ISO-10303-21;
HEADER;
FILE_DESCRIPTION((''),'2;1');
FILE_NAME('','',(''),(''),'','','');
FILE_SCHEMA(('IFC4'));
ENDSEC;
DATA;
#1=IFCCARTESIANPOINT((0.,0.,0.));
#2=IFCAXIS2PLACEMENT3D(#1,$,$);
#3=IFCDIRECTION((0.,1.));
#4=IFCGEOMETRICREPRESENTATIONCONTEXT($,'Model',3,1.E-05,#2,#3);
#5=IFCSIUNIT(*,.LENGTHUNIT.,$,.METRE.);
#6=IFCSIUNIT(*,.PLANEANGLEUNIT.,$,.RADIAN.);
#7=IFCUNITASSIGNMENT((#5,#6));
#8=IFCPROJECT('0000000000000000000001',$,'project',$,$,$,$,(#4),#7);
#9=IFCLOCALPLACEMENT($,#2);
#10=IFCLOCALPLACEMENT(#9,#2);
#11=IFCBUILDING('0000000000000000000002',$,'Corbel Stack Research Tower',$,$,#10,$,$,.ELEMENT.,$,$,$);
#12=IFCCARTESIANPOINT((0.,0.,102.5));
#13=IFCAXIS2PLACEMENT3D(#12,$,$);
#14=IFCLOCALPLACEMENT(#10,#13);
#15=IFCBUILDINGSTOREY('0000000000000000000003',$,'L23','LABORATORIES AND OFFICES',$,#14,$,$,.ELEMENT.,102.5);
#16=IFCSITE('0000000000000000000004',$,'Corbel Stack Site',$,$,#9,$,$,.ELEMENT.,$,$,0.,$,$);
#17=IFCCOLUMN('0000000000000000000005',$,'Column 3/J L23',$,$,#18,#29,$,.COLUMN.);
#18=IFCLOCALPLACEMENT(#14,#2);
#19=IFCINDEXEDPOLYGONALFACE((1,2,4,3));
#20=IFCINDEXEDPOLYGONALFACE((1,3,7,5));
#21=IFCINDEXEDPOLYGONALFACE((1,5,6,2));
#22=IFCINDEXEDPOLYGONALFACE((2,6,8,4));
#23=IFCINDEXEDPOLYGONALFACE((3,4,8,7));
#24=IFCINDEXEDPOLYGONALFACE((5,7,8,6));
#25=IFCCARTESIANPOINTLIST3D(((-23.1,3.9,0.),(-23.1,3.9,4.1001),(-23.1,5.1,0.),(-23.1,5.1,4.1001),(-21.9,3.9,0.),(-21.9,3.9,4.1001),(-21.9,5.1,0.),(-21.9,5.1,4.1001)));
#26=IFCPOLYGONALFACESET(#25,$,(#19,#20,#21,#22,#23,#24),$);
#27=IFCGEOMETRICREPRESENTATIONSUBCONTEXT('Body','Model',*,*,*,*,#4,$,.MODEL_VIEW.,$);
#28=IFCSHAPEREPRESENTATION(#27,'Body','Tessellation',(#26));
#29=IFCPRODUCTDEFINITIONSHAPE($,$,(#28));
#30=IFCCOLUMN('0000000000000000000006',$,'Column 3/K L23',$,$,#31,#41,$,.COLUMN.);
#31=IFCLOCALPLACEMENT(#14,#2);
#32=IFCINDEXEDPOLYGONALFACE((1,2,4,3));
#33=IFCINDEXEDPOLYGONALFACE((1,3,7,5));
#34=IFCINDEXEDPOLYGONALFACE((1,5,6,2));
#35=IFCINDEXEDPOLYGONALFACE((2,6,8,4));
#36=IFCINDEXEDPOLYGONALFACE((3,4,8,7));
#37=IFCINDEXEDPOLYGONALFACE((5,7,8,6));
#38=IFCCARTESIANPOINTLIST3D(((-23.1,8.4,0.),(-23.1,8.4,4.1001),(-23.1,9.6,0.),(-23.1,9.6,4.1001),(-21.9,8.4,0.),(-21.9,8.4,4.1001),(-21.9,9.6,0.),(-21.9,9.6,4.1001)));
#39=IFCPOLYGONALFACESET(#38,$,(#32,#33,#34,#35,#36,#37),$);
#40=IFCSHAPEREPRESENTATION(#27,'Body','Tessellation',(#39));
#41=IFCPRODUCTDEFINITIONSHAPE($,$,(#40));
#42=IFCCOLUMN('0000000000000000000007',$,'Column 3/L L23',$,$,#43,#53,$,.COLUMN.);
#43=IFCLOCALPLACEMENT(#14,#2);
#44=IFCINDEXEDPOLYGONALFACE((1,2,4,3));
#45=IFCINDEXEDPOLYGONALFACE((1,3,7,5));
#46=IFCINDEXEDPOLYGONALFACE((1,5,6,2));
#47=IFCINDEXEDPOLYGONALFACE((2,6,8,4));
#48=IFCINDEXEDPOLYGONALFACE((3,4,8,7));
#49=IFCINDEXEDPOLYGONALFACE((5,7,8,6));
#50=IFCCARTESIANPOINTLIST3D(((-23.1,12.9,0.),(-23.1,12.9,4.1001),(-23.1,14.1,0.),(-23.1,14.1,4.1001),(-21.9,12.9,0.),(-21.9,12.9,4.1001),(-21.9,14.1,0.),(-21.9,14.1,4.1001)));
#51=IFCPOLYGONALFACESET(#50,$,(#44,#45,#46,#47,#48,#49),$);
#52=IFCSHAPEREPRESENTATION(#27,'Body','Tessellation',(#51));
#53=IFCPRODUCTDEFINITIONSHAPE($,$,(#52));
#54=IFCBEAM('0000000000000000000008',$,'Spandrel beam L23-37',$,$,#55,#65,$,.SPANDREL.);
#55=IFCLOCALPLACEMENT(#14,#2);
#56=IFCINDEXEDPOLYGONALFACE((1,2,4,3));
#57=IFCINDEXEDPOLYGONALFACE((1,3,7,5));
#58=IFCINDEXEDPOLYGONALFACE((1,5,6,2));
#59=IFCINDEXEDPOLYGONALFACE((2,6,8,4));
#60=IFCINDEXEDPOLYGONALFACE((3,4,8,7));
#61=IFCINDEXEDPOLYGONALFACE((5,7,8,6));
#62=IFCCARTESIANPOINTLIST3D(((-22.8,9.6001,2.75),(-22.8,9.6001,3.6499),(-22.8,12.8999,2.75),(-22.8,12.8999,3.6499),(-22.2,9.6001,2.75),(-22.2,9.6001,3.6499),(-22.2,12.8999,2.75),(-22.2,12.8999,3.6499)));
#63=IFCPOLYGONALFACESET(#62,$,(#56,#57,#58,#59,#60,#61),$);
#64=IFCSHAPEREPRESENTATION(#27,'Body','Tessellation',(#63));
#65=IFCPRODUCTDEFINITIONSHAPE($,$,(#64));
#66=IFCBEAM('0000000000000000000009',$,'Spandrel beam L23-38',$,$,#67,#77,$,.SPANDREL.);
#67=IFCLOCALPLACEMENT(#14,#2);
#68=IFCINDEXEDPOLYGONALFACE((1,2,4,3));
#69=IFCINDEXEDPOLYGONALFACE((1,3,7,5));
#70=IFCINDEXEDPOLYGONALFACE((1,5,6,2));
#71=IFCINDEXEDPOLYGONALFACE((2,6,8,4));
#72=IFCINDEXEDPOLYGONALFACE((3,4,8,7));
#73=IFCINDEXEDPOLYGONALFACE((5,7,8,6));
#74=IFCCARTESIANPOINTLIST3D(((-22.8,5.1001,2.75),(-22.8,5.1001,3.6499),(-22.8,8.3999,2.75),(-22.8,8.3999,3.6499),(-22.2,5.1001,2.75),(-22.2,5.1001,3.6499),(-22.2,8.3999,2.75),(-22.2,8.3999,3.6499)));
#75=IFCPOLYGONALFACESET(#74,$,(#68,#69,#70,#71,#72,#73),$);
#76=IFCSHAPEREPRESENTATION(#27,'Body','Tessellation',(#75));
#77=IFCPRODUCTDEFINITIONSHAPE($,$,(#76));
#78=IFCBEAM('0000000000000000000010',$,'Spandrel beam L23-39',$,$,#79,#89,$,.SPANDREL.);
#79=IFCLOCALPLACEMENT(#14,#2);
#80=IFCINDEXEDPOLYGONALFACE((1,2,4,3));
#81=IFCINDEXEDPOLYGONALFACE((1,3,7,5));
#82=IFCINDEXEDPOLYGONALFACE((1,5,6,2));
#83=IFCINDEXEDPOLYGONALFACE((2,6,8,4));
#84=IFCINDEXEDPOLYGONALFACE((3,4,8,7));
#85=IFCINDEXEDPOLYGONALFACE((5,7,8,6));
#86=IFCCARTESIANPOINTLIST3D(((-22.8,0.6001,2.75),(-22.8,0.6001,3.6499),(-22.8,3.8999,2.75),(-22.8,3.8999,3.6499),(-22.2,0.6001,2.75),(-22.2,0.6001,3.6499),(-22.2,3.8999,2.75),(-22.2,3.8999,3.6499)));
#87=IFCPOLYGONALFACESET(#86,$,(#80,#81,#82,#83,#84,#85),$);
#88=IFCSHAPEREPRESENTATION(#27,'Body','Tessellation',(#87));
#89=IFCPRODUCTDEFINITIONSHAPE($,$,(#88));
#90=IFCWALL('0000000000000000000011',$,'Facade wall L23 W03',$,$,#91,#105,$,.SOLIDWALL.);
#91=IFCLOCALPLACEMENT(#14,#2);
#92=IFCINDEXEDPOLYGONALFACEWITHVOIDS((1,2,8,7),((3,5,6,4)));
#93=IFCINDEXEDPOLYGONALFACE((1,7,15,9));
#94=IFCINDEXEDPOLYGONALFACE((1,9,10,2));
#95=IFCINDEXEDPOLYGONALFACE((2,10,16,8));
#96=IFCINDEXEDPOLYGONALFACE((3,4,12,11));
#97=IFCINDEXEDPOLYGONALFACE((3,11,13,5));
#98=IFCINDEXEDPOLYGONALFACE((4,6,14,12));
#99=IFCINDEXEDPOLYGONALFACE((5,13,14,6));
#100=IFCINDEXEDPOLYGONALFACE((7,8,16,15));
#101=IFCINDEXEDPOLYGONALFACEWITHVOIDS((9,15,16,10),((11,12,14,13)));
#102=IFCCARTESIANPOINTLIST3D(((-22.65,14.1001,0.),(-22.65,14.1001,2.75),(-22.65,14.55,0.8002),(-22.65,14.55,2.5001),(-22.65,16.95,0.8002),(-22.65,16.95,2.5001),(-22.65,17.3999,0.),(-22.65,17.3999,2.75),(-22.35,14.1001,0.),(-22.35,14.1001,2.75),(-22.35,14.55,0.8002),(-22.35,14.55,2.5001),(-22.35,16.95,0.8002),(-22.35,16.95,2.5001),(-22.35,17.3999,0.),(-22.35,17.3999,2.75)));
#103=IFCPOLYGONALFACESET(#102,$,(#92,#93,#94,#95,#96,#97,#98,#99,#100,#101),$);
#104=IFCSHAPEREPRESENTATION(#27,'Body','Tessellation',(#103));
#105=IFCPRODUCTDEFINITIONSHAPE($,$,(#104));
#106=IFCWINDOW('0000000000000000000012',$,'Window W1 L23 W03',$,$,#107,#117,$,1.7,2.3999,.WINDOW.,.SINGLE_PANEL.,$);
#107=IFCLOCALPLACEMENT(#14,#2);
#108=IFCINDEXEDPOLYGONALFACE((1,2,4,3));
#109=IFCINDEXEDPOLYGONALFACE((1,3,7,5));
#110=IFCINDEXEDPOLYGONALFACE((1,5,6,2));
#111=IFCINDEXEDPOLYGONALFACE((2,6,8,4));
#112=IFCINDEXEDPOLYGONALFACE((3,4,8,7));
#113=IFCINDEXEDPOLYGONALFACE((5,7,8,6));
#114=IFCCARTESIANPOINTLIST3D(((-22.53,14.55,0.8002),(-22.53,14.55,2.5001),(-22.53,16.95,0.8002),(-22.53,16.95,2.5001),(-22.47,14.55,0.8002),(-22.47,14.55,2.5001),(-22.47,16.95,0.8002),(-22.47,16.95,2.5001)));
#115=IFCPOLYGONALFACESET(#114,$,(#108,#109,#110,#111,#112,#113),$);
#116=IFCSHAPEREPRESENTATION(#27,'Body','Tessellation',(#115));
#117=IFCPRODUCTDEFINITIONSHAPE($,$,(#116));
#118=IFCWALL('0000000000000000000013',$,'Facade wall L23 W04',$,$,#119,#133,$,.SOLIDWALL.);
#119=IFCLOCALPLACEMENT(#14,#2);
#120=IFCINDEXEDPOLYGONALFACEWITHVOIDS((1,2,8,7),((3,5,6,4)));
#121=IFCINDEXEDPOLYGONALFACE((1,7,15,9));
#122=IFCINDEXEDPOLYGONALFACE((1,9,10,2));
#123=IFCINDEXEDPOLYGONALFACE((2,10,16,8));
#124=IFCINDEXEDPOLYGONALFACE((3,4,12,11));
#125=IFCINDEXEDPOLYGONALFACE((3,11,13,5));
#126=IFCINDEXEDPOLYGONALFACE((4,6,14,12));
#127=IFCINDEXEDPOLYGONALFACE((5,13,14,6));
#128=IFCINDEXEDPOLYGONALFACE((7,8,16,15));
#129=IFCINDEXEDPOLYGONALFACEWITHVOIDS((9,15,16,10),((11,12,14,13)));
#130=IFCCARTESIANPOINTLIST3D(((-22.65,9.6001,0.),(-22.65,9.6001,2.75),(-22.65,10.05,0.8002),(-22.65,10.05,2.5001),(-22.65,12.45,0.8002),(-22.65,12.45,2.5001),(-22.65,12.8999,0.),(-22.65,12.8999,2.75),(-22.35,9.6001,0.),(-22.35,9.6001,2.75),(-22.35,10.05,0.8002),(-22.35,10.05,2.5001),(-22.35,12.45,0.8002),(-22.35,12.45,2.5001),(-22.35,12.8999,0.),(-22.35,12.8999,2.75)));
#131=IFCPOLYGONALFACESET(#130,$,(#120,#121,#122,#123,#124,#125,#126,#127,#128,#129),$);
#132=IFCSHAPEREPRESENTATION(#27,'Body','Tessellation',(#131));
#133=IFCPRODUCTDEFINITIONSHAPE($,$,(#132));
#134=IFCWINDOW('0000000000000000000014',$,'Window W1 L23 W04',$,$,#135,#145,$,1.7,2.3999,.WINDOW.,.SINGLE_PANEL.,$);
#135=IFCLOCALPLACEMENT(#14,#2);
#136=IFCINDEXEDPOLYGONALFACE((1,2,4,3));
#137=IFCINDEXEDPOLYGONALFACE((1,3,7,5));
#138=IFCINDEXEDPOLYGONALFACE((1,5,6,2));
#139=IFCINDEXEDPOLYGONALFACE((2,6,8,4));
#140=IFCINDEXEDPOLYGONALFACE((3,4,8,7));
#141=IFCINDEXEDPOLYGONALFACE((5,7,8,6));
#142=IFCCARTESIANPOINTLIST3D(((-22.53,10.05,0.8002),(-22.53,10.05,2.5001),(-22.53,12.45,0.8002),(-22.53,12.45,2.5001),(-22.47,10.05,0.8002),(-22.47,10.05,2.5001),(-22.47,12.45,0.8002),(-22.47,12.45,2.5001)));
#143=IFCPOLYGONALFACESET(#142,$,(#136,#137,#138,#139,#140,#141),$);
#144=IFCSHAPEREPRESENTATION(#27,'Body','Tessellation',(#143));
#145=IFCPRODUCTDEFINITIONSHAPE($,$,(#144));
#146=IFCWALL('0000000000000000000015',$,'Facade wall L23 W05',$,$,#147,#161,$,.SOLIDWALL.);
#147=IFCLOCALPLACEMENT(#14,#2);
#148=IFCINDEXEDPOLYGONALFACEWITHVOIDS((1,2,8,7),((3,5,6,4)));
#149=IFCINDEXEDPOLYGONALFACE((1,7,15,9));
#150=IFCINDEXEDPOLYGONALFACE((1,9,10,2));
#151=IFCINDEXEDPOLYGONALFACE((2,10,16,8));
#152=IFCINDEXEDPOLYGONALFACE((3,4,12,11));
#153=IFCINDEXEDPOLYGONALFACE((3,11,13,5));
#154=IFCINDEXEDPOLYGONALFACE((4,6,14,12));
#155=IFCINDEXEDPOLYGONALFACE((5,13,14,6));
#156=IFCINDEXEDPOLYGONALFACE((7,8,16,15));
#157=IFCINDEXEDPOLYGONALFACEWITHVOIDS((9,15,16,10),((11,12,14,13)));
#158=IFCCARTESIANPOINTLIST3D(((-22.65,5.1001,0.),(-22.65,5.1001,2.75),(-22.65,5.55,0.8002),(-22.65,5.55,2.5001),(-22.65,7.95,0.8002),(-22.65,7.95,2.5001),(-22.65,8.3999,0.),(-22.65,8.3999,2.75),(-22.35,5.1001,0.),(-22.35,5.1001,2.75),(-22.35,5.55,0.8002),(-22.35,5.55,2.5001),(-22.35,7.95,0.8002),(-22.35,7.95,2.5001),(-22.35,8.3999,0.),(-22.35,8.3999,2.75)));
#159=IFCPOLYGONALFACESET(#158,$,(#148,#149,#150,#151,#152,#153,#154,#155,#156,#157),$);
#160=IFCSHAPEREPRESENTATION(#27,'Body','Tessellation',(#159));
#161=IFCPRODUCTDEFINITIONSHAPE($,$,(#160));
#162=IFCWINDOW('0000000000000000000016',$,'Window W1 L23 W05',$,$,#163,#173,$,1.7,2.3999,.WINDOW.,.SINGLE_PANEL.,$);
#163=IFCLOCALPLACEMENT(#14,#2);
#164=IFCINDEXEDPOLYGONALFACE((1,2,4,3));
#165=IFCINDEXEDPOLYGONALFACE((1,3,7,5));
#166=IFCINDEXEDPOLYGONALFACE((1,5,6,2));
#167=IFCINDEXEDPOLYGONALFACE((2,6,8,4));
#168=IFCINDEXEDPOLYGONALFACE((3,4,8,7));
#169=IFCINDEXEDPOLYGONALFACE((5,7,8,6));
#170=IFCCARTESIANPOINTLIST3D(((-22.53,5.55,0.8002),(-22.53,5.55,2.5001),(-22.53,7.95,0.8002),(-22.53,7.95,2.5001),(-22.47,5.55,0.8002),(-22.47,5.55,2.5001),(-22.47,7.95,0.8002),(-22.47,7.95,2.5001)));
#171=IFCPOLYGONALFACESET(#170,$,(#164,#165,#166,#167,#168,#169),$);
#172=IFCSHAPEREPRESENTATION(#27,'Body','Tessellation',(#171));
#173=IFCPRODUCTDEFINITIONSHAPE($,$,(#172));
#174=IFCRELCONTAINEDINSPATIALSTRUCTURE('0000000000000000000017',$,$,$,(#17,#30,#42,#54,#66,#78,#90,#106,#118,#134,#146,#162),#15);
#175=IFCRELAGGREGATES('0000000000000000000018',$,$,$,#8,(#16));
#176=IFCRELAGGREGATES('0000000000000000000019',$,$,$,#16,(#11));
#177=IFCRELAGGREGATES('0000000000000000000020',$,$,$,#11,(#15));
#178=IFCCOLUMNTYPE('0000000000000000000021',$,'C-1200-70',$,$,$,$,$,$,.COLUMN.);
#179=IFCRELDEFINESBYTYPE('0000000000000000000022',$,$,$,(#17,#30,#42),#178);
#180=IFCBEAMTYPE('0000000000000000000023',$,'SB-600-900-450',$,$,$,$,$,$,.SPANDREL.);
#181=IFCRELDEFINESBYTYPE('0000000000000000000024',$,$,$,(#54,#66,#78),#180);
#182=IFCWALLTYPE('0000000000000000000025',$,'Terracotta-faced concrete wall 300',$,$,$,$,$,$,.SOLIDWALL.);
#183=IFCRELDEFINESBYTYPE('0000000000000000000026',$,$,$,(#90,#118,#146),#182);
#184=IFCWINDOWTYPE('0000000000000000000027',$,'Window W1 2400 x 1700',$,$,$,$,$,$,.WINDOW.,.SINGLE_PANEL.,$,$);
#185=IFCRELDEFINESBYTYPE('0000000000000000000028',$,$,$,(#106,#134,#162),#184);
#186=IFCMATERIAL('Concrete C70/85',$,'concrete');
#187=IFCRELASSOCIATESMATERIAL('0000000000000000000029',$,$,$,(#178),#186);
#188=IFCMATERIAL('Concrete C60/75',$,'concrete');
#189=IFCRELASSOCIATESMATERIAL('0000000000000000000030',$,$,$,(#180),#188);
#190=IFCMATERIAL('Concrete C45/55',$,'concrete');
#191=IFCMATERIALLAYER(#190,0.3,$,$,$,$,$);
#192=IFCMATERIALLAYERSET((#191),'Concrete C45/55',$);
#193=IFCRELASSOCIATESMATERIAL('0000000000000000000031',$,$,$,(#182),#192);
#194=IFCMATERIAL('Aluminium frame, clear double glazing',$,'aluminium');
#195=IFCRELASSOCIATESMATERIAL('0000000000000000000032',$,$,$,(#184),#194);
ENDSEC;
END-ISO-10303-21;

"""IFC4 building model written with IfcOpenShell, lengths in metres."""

from ifc_helpers import new_model, si_unit, direction, frame, frame_2d, origin, origin_2d, place, context, subcontext, project, spatial, rectangle, extrude, material, layer, layer_set, material_profile, profile_set, type_object, element, fill, save


model = new_model("IFC4")

# Units and contexts
model_context = context("Model", 3, precision=1e-05, world=origin(), true_north=direction((0.0, 1.0)))
body_context = subcontext(model_context, "Body", "Model", "MODEL_VIEW")
ifc_project = project(units=[si_unit("LENGTHUNIT", "METRE"), si_unit("PLANEANGLEUNIT", "RADIAN")], contexts=[model_context])

# Site, building, storey
site_placement = place(None, origin())
site = spatial("IfcSite", under=ifc_project, at=site_placement, Name="Corbel Stack Site", CompositionType="ELEMENT", RefElevation=0.0)
building_placement = place(site_placement, origin())
building = spatial("IfcBuilding", under=site, at=building_placement, Name="Corbel Stack Research Tower", CompositionType="ELEMENT")
storey_placement = place(building_placement, frame((0.0, 0.0, 102.5)))
storey = spatial("IfcBuildingStorey", under=building, at=storey_placement, Name="L23", Description="LABORATORIES AND OFFICES", CompositionType="ELEMENT", Elevation=102.5)

# Columns
ifc_material_1 = material(Name="Concrete C70/85", Category="concrete")
ifc_material_profile_1 = material_profile(ifc_material_1, rectangle(XDim=1.2, YDim=1.2, at=origin_2d()), Name="RC 1200 x 1200")
ifc_profile_set_1 = profile_set([ifc_material_profile_1], Name="Concrete C70/85")
column_type = type_object("IfcColumnType", Name="C-1200-70", PredefinedType="COLUMN", material=ifc_profile_set_1)
for number, where, z_axis, x_axis, name in (
    (1, (-22.5, 4.5, 0.0), (0.0, 0.0, 1.0), (1.0, 0.0, 0.0), "Column 3/J L23"),
    (2, (-22.5, 9.0, 0.0), (0.0, 0.0, 1.0), (1.0, 0.0, 0.0), "Column 3/K L23"),
    (3, (-22.5, 13.5, 0.0), (0.0, 0.0, 1.0), (1.0, 0.0, 0.0), "Column 3/L L23"),
):
    element("IfcColumn", number, at=place(storey_placement, frame(where, z_axis=z_axis, x_axis=x_axis)), inside=storey, type_object=column_type, Name=name, PredefinedType="COLUMN", context=body_context, shape_type="SweptSolid", body=[
        extrude(rectangle(XDim=1.2, YDim=1.2, at=origin_2d()), origin(), (0.0, 0.0, 1.0), 4.1001),
    ])

# Beams
ifc_material_2 = material(Name="Concrete C60/75", Category="concrete")
ifc_material_profile_2 = material_profile(ifc_material_2, rectangle(XDim=0.6001, YDim=0.8999, at=origin_2d()), Name="RC 600 x 900")
ifc_profile_set_2 = profile_set([ifc_material_profile_2], Name="Concrete C60/75")
beam_type = type_object("IfcBeamType", Name="SB-600-900-450", PredefinedType="SPANDREL", material=ifc_profile_set_2)
for number, where, z_axis, x_axis, name in (
    (4, (-22.5, 12.8999, 3.2), (0.0, -1.0, 0.0), (1.0, 0.0, 0.0), "Spandrel beam L23-37"),
    (5, (-22.5, 8.3999, 3.2), (0.0, -1.0, 0.0), (1.0, 0.0, 0.0), "Spandrel beam L23-38"),
    (6, (-22.5, 3.8999, 3.2), (0.0, -1.0, 0.0), (1.0, 0.0, 0.0), "Spandrel beam L23-39"),
):
    element("IfcBeam", number, at=place(storey_placement, frame(where, z_axis=z_axis, x_axis=x_axis)), inside=storey, type_object=beam_type, Name=name, PredefinedType="SPANDREL", context=body_context, shape_type="SweptSolid", body=[
        extrude(rectangle(XDim=0.6001, YDim=0.8999, at=origin_2d()), origin(), (0.0, 0.0, 1.0), 3.2998),
    ])

# Walls, openings, windows
ifc_material_3 = material(Name="Concrete C45/55", Category="concrete")
ifc_layer = layer(ifc_material_3, 0.3)
ifc_layer_set = layer_set([ifc_layer], Name="Concrete C45/55")
wall_type = type_object("IfcWallType", Name="Terracotta-faced concrete wall 300", PredefinedType="SOLIDWALL", material=ifc_layer_set)
wall_1_placement = place(storey_placement, frame((-22.5, 14.1001, 0.0), z_axis=(0.0, 0.0, 1.0), x_axis=(0.0, 1.0, 0.0)))
wall_1 = element("IfcWall", 7, at=wall_1_placement, inside=storey, type_object=wall_type, Name="Facade wall L23 W03", PredefinedType="SOLIDWALL", context=body_context, shape_type="SweptSolid", body=[
    extrude(rectangle(XDim=3.2998, YDim=0.3, at=frame_2d((1.6499, 0.0))), origin(), (0.0, 0.0, 1.0), 2.75),
])
opening_1_placement = place(wall_1_placement, frame((0.45, 0.0, 0.8)))
opening_1 = element("IfcOpeningElement", 8, at=opening_1_placement, cuts=wall_1, PredefinedType="OPENING", context=body_context, shape_type="SweptSolid", body=[
    extrude(rectangle(XDim=2.3999, YDim=1.7, at=frame_2d((1.2, 0.8501))), frame((0.0, 0.1599, 0.0), z_axis=(0.0, -1.0, 0.0), x_axis=(1.0, 0.0, 0.0)), (0.0, 0.0, 1.0), 0.3201),
])
ifc_material_4 = material(Name="Aluminium frame, clear double glazing", Category="aluminium")
window_type = type_object("IfcWindowType", Name="Window W1 2400 x 1700", PartitioningType="SINGLE_PANEL", PredefinedType="WINDOW", material=ifc_material_4)
window_1_placement = place(opening_1_placement, origin())
window_1 = element("IfcWindow", 9, at=window_1_placement, inside=storey, type_object=window_type, Name="Window W1 L23 W03", OverallHeight=1.7, OverallWidth=2.3999, PartitioningType="SINGLE_PANEL", PredefinedType="WINDOW", context=body_context, shape_type="SweptSolid", body=[
    extrude(rectangle(XDim=2.3999, YDim=1.7, at=frame_2d((1.2, 0.8501))), frame((0.0, 0.03, 0.0), z_axis=(0.0, -1.0, 0.0), x_axis=(1.0, 0.0, 0.0)), (0.0, 0.0, 1.0), 0.0601),
])
fill(opening_1, window_1)
wall_2_placement = place(storey_placement, frame((-22.5, 9.6001, 0.0), z_axis=(0.0, 0.0, 1.0), x_axis=(0.0, 1.0, 0.0)))
wall_2 = element("IfcWall", 10, at=wall_2_placement, inside=storey, type_object=wall_type, Name="Facade wall L23 W04", PredefinedType="SOLIDWALL", context=body_context, shape_type="SweptSolid", body=[
    extrude(rectangle(XDim=3.2998, YDim=0.3, at=frame_2d((1.6499, 0.0))), origin(), (0.0, 0.0, 1.0), 2.75),
])
opening_2_placement = place(wall_2_placement, frame((0.45, 0.0, 0.8)))
opening_2 = element("IfcOpeningElement", 11, at=opening_2_placement, cuts=wall_2, PredefinedType="OPENING", context=body_context, shape_type="SweptSolid", body=[
    extrude(rectangle(XDim=2.3999, YDim=1.7, at=frame_2d((1.2, 0.8501))), frame((0.0, 0.1599, 0.0), z_axis=(0.0, -1.0, 0.0), x_axis=(1.0, 0.0, 0.0)), (0.0, 0.0, 1.0), 0.3201),
])
window_2_placement = place(opening_2_placement, origin())
window_2 = element("IfcWindow", 12, at=window_2_placement, inside=storey, type_object=window_type, Name="Window W1 L23 W04", OverallHeight=1.7, OverallWidth=2.3999, PartitioningType="SINGLE_PANEL", PredefinedType="WINDOW", context=body_context, shape_type="SweptSolid", body=[
    extrude(rectangle(XDim=2.3999, YDim=1.7, at=frame_2d((1.2, 0.8501))), frame((0.0, 0.03, 0.0), z_axis=(0.0, -1.0, 0.0), x_axis=(1.0, 0.0, 0.0)), (0.0, 0.0, 1.0), 0.0601),
])
fill(opening_2, window_2)
wall_3_placement = place(storey_placement, frame((-22.5, 5.1001, 0.0), z_axis=(0.0, 0.0, 1.0), x_axis=(0.0, 1.0, 0.0)))
wall_3 = element("IfcWall", 13, at=wall_3_placement, inside=storey, type_object=wall_type, Name="Facade wall L23 W05", PredefinedType="SOLIDWALL", context=body_context, shape_type="SweptSolid", body=[
    extrude(rectangle(XDim=3.2998, YDim=0.3, at=frame_2d((1.6499, 0.0))), origin(), (0.0, 0.0, 1.0), 2.75),
])
opening_3_placement = place(wall_3_placement, frame((0.45, 0.0, 0.8)))
opening_3 = element("IfcOpeningElement", 14, at=opening_3_placement, cuts=wall_3, PredefinedType="OPENING", context=body_context, shape_type="SweptSolid", body=[
    extrude(rectangle(XDim=2.3999, YDim=1.7, at=frame_2d((1.2, 0.8501))), frame((0.0, 0.1599, 0.0), z_axis=(0.0, -1.0, 0.0), x_axis=(1.0, 0.0, 0.0)), (0.0, 0.0, 1.0), 0.3201),
])
window_3_placement = place(opening_3_placement, origin())
window_3 = element("IfcWindow", 15, at=window_3_placement, inside=storey, type_object=window_type, Name="Window W1 L23 W05", OverallHeight=1.7, OverallWidth=2.3999, PartitioningType="SINGLE_PANEL", PredefinedType="WINDOW", context=body_context, shape_type="SweptSolid", body=[
    extrude(rectangle(XDim=2.3999, YDim=1.7, at=frame_2d((1.2, 0.8501))), frame((0.0, 0.03, 0.0), z_axis=(0.0, -1.0, 0.0), x_axis=(1.0, 0.0, 0.0)), (0.0, 0.0, 1.0), 0.0601),
])
fill(opening_3, window_3)

save(model, "model.ifc")
